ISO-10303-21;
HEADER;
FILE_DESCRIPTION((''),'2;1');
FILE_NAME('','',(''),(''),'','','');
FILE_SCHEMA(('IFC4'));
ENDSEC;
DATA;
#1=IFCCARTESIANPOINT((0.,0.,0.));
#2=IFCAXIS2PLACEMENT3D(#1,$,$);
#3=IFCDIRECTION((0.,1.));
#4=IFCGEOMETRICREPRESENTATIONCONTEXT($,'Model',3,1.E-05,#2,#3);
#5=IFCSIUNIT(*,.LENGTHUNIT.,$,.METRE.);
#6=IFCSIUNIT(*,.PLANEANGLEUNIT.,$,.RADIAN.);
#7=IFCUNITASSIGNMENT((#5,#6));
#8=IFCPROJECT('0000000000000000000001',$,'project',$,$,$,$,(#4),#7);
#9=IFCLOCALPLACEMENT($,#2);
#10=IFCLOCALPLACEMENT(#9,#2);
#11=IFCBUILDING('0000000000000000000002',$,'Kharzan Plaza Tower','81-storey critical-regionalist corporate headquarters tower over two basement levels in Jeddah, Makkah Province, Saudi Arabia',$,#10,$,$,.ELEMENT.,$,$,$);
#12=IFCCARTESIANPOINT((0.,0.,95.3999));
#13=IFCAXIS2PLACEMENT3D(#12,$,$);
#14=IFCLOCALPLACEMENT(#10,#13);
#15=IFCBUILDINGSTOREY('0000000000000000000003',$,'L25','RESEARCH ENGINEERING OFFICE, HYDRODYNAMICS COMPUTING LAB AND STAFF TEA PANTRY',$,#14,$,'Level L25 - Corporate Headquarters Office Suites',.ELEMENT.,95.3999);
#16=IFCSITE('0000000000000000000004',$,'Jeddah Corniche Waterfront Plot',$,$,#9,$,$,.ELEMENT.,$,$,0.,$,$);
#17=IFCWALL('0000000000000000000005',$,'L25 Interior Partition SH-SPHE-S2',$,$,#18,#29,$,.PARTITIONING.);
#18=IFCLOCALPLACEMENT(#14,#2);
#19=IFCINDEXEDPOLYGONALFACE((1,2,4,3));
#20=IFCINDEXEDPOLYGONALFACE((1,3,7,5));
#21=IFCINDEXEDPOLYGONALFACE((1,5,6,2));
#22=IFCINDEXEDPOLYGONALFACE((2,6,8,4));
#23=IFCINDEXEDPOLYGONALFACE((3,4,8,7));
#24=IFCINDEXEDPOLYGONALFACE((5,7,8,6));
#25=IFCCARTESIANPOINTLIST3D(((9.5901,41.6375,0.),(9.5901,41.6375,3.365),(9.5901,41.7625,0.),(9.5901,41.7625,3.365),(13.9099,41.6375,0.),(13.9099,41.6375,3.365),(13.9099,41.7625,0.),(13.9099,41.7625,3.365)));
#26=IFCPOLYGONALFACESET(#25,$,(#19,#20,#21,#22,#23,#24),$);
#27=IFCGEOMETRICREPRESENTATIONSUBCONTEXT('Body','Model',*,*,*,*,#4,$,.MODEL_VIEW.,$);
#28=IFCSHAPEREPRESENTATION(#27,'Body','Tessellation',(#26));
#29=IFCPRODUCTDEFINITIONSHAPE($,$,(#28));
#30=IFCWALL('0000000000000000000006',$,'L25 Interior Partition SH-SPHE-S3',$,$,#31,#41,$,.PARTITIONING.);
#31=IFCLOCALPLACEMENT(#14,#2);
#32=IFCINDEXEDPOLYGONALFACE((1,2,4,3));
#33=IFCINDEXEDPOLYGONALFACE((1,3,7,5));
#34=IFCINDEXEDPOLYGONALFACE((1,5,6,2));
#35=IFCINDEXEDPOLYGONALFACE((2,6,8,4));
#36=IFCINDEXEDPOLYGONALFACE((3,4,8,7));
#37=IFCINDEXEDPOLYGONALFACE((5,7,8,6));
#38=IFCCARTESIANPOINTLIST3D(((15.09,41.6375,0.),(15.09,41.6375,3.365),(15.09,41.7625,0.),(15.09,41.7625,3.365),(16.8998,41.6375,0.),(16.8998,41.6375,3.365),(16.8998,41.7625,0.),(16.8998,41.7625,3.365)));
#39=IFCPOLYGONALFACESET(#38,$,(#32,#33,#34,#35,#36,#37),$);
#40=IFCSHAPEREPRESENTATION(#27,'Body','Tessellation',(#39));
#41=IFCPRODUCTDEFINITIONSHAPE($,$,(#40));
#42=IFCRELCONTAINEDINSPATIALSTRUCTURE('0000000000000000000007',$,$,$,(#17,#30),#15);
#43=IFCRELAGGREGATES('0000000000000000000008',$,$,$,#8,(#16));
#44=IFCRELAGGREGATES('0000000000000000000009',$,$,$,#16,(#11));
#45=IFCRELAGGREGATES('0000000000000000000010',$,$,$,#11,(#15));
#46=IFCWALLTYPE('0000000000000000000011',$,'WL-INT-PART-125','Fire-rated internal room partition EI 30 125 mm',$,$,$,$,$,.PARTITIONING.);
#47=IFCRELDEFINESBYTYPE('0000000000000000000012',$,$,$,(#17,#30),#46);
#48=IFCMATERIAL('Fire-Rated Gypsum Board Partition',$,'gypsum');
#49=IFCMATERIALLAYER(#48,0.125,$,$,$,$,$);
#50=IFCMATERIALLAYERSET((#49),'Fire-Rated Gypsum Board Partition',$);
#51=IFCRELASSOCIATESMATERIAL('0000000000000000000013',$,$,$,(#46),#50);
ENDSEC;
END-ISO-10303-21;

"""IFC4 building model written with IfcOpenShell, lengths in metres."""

from ifc_helpers import new_model, si_unit, direction, frame, frame_2d, origin, place, context, subcontext, project, spatial, rectangle, extrude, source, transform, mapped, material, layer, layer_set, type_object, element, save


model = new_model("IFC4")

# Units and contexts
model_context = context("Model", 3, precision=1e-05, world=origin(), true_north=direction((0.0, 1.0)))
body_context = subcontext(model_context, "Body", "Model", "MODEL_VIEW")
ifc_project = project(units=[si_unit("LENGTHUNIT", "METRE"), si_unit("PLANEANGLEUNIT", "RADIAN")], contexts=[model_context])

# Site, building, storey
site_placement = place(None, origin())
site = spatial("IfcSite", under=ifc_project, at=site_placement, Name="Jeddah Corniche Waterfront Plot", CompositionType="ELEMENT", RefElevation=0.0)
building_placement = place(site_placement, origin())
building = spatial("IfcBuilding", under=site, at=building_placement, Name="Kharzan Plaza Tower", Description="81-storey critical-regionalist corporate headquarters tower over two basement levels in Jeddah, Makkah Province, Saudi Arabia", CompositionType="ELEMENT")
storey_placement = place(building_placement, frame((0.0, 0.0, 95.3999)))
storey = spatial("IfcBuildingStorey", under=building, at=storey_placement, Name="L25", Description="RESEARCH ENGINEERING OFFICE, HYDRODYNAMICS COMPUTING LAB AND STAFF TEA PANTRY", LongName="Level L25 - Corporate Headquarters Office Suites", CompositionType="ELEMENT", Elevation=95.3999)

# Shared definitions
ifc_material_1 = material(Name="Fire-Rated Gypsum Board Partition", Category="gypsum")
ifc_layer_1 = layer(ifc_material_1, 0.125)
ifc_layer_set_1 = layer_set([ifc_layer_1], Name="Fire-Rated Gypsum Board Partition")
wall_type_1 = type_object("IfcWallType", Name="WL-INT-PART-125", Description="Fire-rated internal room partition EI 30 125 mm", PredefinedType="PARTITIONING", material=ifc_layer_set_1)

# Walls
shared_shape_1 = source(origin(), body_context, "Body", "SweptSolid", [
    extrude(rectangle(XDim=4.3198, YDim=0.125, at=frame_2d((2.1599, 0.0))), origin(), (0.0, 0.0, 1.0), 3.365),
])
wall_1_placement = place(storey_placement, frame((9.5901, 41.7, 0.0), z_axis=(0.0, 0.0, 1.0), x_axis=(1.0, 0.0, 0.0)))
element("IfcWall", 1, at=wall_1_placement, inside=storey, type_object=wall_type_1, Name="L25 Interior Partition SH-SPHE-S2", PredefinedType="PARTITIONING", context=body_context, shape_type="MappedRepresentation", body=[
    mapped(shared_shape_1, transform((0.0, 0.0, 0.0), x_axis=(1.0, 0.0, 0.0), y_axis=(0.0, 1.0, 0.0), z_axis=(0.0, 0.0, 1.0))),
])
shared_shape_2 = source(origin(), body_context, "Body", "SweptSolid", [
    extrude(rectangle(XDim=1.8098, YDim=0.125, at=frame_2d((0.9048, 0.0))), origin(), (0.0, 0.0, 1.0), 3.365),
])
wall_2_placement = place(storey_placement, frame((15.0901, 41.7, 0.0), z_axis=(0.0, 0.0, 1.0), x_axis=(1.0, 0.0, 0.0)))
element("IfcWall", 2, at=wall_2_placement, inside=storey, type_object=wall_type_1, Name="L25 Interior Partition SH-SPHE-S3", PredefinedType="PARTITIONING", context=body_context, shape_type="MappedRepresentation", body=[
    mapped(shared_shape_2, transform((0.0, 0.0, 0.0), x_axis=(1.0, 0.0, 0.0), y_axis=(0.0, 1.0, 0.0), z_axis=(0.0, 0.0, 1.0))),
])

save(model, "model.ifc")
